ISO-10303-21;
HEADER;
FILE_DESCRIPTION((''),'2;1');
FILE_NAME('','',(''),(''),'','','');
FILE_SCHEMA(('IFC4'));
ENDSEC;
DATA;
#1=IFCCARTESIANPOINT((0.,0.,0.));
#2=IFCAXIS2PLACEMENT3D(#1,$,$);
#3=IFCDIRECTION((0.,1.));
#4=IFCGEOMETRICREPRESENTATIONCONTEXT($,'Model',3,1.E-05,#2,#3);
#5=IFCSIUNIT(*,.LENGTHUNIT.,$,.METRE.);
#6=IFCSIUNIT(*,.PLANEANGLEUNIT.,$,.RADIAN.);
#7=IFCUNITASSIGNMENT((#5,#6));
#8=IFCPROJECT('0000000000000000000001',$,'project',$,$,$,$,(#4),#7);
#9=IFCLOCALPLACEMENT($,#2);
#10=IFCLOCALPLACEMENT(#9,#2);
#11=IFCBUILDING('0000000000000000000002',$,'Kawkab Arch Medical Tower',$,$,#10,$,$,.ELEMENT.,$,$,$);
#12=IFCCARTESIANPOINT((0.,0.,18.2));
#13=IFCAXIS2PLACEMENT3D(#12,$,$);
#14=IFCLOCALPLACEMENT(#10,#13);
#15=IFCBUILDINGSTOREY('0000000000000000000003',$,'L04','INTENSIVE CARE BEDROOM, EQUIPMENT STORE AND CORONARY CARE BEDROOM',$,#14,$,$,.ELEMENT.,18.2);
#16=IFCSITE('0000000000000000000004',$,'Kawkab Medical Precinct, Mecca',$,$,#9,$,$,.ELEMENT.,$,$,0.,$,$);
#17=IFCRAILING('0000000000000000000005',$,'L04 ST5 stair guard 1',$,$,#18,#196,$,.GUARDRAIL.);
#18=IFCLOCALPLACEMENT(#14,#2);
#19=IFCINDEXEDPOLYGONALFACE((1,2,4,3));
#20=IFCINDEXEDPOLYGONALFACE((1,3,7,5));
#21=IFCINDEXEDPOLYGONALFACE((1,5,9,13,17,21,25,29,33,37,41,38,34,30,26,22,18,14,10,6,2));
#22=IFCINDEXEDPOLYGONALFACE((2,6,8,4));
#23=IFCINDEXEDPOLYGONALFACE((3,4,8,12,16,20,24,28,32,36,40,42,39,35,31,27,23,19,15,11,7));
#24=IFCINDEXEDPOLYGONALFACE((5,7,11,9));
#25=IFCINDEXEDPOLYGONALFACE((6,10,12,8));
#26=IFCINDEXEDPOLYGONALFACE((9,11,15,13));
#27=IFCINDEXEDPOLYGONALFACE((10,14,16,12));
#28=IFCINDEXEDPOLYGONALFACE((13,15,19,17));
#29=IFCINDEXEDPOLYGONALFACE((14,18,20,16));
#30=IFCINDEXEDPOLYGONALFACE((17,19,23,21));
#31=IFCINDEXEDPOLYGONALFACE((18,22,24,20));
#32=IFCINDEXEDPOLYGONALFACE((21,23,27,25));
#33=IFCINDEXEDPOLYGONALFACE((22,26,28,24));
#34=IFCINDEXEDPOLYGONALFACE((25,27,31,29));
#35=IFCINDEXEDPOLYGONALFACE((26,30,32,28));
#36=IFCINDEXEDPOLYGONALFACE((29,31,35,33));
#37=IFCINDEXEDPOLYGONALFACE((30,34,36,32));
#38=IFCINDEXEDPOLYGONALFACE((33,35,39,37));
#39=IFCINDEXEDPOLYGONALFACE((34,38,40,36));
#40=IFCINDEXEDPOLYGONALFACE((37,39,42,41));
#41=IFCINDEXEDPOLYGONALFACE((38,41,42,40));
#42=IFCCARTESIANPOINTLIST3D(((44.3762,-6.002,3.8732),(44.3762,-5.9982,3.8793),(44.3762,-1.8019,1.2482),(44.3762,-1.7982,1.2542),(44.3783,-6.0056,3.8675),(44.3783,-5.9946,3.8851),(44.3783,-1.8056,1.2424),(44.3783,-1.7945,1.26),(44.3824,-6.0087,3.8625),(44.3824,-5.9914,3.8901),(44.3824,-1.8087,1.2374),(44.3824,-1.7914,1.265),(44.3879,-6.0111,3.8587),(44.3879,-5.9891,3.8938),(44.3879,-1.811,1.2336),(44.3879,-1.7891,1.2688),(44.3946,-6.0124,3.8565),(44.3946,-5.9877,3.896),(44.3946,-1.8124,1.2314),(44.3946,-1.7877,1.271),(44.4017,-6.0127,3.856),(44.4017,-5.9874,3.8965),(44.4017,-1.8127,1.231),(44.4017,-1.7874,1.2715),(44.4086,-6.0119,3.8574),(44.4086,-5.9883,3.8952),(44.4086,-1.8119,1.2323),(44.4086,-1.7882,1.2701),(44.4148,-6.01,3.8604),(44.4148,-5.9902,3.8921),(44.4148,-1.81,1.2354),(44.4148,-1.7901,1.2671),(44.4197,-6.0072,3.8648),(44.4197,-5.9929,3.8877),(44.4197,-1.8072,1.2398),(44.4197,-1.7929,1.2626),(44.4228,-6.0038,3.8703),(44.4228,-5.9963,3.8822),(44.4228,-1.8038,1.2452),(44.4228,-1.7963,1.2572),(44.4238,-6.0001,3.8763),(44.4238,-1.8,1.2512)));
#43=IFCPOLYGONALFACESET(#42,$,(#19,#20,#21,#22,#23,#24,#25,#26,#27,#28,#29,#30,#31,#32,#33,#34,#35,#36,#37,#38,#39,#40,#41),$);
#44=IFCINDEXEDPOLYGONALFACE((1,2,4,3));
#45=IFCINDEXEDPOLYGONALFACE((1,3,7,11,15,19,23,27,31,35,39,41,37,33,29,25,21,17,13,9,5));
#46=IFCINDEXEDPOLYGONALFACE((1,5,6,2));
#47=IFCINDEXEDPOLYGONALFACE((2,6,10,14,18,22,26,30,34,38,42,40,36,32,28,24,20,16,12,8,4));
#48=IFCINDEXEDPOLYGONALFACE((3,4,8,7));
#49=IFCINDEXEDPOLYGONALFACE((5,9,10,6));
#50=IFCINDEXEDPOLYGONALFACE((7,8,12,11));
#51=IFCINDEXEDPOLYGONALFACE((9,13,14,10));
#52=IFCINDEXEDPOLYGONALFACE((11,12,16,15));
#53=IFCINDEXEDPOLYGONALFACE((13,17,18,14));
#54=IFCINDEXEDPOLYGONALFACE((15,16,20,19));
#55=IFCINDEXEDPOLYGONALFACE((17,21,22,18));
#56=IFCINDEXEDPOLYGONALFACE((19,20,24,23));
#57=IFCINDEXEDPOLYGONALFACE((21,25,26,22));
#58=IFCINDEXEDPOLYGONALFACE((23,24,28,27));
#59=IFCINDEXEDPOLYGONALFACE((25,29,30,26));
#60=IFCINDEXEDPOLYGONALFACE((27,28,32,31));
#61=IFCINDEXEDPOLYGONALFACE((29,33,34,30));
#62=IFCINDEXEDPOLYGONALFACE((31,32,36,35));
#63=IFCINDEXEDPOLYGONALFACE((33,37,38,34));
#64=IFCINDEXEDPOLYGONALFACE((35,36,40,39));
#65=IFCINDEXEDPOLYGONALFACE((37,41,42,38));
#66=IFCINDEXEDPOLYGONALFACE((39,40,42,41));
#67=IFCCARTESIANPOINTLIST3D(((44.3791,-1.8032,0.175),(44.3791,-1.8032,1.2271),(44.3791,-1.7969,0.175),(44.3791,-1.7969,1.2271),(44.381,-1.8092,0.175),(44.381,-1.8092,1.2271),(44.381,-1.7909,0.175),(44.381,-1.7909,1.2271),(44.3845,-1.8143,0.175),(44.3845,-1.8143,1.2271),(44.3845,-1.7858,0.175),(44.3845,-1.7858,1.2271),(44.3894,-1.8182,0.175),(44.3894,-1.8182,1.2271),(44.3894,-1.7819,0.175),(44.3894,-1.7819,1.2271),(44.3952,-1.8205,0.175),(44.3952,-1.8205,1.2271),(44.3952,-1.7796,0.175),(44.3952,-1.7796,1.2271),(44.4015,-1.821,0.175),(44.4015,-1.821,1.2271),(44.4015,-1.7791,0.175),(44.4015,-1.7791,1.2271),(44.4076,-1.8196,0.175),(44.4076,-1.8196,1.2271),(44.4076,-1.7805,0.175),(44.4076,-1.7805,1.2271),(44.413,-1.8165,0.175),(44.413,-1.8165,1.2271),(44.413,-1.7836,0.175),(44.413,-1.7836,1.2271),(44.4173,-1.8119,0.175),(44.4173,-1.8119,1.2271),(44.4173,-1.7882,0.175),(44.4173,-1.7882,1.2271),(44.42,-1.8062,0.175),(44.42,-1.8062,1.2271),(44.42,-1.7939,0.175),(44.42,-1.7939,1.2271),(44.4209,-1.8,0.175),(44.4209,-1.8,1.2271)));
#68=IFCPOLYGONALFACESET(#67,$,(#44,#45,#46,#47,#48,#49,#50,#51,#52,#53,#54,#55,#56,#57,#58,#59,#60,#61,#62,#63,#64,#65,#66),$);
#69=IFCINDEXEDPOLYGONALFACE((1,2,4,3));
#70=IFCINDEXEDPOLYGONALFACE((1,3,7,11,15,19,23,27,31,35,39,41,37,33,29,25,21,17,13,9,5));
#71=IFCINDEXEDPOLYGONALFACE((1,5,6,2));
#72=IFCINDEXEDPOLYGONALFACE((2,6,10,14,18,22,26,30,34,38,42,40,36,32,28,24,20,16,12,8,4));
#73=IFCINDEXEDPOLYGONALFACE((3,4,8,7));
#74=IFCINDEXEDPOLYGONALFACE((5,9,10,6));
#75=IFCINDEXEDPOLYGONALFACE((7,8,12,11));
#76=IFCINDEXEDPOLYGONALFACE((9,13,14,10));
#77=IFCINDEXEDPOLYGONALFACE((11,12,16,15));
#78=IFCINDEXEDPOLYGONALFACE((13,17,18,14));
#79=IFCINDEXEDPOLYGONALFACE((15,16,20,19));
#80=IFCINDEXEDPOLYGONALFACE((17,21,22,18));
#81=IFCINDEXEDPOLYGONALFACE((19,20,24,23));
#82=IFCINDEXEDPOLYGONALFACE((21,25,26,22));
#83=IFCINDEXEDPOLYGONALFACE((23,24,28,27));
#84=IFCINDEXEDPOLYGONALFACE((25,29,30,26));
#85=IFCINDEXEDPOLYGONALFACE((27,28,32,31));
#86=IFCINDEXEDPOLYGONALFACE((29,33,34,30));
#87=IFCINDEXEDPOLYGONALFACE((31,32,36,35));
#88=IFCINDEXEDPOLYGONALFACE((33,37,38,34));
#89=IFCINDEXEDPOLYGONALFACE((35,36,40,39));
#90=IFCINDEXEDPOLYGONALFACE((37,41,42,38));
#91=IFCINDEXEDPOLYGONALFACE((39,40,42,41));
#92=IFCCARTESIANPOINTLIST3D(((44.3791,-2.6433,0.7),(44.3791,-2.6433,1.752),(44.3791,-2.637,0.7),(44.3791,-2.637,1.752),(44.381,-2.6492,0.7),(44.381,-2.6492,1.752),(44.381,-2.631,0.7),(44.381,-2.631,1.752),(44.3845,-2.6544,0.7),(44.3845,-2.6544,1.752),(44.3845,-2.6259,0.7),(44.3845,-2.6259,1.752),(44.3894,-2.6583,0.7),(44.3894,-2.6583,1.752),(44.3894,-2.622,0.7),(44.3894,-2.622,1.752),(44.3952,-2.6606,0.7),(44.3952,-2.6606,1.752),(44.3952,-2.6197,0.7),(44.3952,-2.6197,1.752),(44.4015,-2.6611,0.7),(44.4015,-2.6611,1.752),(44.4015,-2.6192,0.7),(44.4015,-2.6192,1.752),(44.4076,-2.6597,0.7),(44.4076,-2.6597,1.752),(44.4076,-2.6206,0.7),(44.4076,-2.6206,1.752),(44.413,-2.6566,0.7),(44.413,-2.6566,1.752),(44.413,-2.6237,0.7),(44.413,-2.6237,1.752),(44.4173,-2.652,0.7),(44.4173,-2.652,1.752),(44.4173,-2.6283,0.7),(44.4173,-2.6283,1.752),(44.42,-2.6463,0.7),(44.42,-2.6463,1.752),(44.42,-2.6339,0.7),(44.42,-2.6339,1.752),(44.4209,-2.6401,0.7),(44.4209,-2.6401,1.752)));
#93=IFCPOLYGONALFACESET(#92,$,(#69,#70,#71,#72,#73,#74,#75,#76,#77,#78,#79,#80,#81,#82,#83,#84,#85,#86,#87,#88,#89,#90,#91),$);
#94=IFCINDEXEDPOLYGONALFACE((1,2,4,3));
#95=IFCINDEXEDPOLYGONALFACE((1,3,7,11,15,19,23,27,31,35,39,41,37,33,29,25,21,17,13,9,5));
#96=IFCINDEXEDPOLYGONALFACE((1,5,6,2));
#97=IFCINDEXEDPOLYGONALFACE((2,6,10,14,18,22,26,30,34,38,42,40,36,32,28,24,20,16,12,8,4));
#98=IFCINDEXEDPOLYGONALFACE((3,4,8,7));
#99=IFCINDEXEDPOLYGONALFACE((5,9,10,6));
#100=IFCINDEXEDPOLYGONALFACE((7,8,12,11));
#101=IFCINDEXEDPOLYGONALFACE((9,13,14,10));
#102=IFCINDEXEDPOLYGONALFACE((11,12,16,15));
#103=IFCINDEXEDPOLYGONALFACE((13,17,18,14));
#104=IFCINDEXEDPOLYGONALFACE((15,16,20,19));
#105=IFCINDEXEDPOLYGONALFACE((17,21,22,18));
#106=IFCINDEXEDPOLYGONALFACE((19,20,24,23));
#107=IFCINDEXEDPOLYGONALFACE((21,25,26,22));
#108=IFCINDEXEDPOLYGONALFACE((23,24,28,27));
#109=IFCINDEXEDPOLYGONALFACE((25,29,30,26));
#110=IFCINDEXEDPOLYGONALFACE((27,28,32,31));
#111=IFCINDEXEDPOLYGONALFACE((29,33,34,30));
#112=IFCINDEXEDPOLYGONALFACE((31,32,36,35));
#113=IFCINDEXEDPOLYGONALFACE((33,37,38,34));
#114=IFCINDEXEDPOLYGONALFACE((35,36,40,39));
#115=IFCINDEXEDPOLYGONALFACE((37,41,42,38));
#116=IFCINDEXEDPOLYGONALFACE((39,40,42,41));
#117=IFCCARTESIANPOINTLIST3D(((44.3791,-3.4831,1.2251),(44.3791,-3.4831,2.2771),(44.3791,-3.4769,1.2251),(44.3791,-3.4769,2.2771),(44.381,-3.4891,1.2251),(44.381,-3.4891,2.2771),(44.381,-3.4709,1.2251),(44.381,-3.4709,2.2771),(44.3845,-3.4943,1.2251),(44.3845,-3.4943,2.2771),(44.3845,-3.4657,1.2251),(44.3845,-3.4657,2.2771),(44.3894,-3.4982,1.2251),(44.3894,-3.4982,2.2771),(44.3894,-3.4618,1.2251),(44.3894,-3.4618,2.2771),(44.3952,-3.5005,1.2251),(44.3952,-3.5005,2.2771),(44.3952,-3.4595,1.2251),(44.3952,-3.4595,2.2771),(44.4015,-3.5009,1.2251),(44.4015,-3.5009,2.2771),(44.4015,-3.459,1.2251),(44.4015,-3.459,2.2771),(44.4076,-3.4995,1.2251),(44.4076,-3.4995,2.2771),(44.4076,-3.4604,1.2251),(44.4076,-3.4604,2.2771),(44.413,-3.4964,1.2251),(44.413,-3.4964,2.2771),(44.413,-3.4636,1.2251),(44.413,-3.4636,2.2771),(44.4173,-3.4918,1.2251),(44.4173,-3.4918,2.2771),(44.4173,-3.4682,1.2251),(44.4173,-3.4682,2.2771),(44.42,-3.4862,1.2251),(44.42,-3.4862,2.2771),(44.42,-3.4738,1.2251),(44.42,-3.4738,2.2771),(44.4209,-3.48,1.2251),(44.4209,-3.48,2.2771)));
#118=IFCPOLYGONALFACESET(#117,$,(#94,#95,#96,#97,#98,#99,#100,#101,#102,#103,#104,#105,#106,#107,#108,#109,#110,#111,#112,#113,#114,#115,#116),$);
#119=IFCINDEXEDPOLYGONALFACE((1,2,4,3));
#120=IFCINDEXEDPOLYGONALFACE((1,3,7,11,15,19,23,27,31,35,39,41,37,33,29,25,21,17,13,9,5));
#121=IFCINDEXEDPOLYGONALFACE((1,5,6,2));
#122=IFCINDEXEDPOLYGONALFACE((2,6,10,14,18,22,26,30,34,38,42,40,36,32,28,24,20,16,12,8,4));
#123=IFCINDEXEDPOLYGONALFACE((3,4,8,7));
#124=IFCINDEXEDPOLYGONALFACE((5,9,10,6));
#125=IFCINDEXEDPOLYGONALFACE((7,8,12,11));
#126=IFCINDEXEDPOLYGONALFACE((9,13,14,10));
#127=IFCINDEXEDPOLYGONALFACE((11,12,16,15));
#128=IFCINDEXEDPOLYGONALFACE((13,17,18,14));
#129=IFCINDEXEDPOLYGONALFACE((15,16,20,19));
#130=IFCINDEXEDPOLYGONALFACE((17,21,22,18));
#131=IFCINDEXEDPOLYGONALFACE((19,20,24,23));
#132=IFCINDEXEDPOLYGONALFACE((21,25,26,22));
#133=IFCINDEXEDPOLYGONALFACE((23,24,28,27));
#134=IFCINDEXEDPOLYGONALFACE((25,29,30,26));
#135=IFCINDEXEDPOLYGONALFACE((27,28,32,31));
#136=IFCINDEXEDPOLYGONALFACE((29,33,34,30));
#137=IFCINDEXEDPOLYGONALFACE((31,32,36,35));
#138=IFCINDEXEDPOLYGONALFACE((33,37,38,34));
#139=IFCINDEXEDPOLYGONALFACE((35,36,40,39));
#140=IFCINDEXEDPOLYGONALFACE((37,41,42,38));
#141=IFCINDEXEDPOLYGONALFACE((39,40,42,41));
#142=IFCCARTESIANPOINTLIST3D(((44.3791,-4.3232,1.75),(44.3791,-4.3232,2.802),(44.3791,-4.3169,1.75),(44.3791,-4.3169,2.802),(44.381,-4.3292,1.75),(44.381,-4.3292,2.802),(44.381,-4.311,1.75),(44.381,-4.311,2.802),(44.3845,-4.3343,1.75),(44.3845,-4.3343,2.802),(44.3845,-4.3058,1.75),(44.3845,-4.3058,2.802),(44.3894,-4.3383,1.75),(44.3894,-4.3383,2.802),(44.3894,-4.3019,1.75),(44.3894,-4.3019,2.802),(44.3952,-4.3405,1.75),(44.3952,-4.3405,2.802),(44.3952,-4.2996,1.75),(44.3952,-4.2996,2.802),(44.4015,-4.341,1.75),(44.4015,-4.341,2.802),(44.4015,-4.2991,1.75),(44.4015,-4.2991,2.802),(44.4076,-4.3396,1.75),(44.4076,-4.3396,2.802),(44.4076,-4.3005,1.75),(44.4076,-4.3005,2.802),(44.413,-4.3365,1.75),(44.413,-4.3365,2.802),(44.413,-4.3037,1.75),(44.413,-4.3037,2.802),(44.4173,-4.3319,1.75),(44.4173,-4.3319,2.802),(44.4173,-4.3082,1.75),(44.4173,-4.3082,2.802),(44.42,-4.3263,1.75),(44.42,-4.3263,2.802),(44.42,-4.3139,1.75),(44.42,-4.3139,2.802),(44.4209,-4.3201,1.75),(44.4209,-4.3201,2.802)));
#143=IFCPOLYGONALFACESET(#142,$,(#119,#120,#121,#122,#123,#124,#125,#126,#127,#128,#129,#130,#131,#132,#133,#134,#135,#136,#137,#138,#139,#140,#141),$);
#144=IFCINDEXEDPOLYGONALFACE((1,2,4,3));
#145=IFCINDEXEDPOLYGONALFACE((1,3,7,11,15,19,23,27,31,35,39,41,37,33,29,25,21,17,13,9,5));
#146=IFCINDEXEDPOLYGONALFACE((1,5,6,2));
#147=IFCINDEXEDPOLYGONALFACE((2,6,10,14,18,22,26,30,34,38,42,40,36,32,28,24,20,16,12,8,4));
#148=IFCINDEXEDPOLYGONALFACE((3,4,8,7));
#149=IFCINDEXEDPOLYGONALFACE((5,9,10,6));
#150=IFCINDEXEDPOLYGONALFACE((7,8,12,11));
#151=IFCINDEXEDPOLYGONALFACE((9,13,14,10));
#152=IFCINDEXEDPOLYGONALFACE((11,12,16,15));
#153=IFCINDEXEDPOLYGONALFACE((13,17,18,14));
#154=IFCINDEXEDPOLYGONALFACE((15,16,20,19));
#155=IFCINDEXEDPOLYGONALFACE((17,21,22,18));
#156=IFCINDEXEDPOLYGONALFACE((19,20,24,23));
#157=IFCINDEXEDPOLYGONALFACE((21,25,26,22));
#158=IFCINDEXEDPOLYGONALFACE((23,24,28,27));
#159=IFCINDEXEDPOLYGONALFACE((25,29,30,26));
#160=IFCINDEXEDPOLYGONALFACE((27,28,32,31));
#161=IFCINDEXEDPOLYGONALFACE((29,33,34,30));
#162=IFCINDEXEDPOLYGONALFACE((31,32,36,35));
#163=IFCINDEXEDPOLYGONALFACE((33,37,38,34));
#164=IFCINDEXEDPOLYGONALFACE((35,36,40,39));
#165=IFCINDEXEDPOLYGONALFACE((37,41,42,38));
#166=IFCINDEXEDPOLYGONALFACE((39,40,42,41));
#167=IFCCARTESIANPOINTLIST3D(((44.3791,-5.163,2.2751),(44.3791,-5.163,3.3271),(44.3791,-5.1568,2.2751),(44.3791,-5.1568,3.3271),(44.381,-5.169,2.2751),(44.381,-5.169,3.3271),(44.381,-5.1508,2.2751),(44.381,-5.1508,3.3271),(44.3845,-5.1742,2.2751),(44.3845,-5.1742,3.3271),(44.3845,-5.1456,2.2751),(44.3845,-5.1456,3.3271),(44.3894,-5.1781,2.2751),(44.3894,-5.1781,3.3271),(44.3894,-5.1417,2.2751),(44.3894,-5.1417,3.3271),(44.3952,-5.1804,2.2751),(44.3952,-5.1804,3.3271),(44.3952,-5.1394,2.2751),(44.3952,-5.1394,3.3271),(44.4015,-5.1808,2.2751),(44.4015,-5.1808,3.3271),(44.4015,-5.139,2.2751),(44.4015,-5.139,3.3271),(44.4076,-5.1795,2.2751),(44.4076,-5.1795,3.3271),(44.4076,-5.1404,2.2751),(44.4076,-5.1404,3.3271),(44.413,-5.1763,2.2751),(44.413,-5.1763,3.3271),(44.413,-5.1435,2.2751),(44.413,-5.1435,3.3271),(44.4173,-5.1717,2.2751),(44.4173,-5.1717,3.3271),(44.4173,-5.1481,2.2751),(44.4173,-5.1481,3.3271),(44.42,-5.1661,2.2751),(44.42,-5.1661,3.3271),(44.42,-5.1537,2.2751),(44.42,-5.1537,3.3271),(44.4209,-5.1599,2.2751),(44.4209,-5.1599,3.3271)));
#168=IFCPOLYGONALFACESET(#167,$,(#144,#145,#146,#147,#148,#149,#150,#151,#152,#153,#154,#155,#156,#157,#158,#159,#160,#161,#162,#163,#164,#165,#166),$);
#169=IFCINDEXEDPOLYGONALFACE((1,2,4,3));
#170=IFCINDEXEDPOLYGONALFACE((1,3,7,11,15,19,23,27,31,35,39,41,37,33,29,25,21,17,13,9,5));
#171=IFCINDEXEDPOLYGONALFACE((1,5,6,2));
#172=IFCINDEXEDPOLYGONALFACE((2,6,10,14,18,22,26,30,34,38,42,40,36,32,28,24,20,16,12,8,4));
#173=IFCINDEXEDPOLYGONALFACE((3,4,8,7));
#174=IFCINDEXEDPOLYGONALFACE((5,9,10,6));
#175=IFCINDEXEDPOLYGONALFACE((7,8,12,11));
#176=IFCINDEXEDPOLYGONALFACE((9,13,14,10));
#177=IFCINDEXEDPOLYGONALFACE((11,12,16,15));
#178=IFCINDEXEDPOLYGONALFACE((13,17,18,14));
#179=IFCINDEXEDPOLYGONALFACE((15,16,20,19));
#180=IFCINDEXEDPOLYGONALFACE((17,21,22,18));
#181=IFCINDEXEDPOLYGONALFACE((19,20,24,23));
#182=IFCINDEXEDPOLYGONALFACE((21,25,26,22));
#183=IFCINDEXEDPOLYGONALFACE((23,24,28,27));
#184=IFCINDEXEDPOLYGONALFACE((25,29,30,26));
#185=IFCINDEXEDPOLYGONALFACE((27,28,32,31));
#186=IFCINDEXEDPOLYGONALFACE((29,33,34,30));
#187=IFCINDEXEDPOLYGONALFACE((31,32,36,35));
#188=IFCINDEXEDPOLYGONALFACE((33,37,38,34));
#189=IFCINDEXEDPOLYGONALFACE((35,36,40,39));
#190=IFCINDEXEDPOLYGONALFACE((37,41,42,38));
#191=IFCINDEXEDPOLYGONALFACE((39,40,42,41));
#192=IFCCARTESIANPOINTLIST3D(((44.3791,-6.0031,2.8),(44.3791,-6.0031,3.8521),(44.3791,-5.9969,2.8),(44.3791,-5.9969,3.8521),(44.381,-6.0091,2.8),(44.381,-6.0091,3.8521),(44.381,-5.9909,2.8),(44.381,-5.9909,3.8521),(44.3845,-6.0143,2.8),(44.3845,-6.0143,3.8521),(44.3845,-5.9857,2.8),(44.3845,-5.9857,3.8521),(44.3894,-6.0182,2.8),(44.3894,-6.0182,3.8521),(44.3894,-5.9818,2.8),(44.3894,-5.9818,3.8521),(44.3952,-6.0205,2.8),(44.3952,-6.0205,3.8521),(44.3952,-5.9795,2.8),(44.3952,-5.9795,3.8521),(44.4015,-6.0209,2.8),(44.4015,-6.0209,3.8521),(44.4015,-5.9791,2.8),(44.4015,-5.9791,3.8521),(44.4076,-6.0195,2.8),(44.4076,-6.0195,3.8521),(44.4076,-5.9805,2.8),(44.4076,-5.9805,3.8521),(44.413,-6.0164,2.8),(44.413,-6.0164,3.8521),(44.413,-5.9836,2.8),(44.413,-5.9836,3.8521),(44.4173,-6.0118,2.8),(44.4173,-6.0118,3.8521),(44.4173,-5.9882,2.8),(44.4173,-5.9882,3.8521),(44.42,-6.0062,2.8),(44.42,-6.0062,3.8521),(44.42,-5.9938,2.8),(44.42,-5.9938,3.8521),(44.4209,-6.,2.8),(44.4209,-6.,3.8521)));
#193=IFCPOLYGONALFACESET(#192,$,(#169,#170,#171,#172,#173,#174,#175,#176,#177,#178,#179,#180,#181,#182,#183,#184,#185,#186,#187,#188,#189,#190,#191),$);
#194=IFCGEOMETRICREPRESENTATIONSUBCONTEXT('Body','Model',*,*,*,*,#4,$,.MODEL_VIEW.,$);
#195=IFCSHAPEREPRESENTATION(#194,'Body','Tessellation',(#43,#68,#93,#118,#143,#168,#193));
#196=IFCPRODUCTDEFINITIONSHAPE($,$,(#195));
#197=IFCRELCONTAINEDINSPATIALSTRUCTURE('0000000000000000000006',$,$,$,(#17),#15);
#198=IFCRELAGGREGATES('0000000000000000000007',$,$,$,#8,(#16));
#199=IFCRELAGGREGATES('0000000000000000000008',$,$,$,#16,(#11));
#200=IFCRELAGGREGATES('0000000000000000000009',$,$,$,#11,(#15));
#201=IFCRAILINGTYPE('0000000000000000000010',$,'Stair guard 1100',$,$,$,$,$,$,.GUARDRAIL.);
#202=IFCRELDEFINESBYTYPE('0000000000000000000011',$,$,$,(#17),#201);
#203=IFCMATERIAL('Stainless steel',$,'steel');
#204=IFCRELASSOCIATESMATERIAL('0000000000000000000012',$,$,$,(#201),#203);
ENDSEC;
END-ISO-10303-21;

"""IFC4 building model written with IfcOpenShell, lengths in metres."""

from ifc_helpers import new_model, si_unit, direction, frame, origin, origin_2d, place, context, subcontext, project, spatial, circle, extrude, material, type_object, element, save


model = new_model("IFC4")

# Units and contexts
model_context = context("Model", 3, precision=1e-05, world=origin(), true_north=direction((0.0, 1.0)))
body_context = subcontext(model_context, "Body", "Model", "MODEL_VIEW")
ifc_project = project(units=[si_unit("LENGTHUNIT", "METRE"), si_unit("PLANEANGLEUNIT", "RADIAN")], contexts=[model_context])

# Site, building, storey
site_placement = place(None, origin())
site = spatial("IfcSite", under=ifc_project, at=site_placement, Name="Kawkab Medical Precinct, Mecca", CompositionType="ELEMENT", RefElevation=0.0)
building_placement = place(site_placement, origin())
building = spatial("IfcBuilding", under=site, at=building_placement, Name="Kawkab Arch Medical Tower", CompositionType="ELEMENT")
storey_placement = place(building_placement, frame((0.0, 0.0, 18.2)))
storey = spatial("IfcBuildingStorey", under=building, at=storey_placement, Name="L04", Description="INTENSIVE CARE BEDROOM, EQUIPMENT STORE AND CORONARY CARE BEDROOM", CompositionType="ELEMENT", Elevation=18.2)

# Railing
ifc_material_1 = material(Name="Stainless steel", Category="steel")
railing_type = type_object("IfcRailingType", Name="Stair guard 1100", PredefinedType="GUARDRAIL", material=ifc_material_1)
railing_1_placement = place(storey_placement, frame((44.3999, -1.8, 0.175)))
element("IfcRailing", 1, at=railing_1_placement, inside=storey, type_object=railing_type, Name="L04 ST5 stair guard 1", PredefinedType="GUARDRAIL", context=body_context, shape_type="SweptSolid", body=[
    extrude(circle(Radius=0.0239, at=origin_2d()), frame((0.0, 0.0, 1.0762), z_axis=(0.0, -0.847996, 0.530003), x_axis=(1.0, 0.0, 0.0)), (0.0, 0.0, 1.0), 4.9529),
    extrude(circle(Radius=0.021, at=origin_2d()), origin(), (0.0, 0.0, 1.0), 1.052),
    extrude(circle(Radius=0.021, at=origin_2d()), frame((0.0, -0.8401, 0.5249)), (0.0, 0.0, 1.0), 1.052),
    extrude(circle(Radius=0.021, at=origin_2d()), frame((0.0, -1.6799, 1.05)), (0.0, 0.0, 1.0), 1.052),
    extrude(circle(Radius=0.021, at=origin_2d()), frame((0.0, -2.52, 1.575)), (0.0, 0.0, 1.0), 1.052),
    extrude(circle(Radius=0.021, at=origin_2d()), frame((0.0, -3.3599, 2.1001)), (0.0, 0.0, 1.0), 1.052),
    extrude(circle(Radius=0.021, at=origin_2d()), frame((0.0, -4.2, 2.625)), (0.0, 0.0, 1.0), 1.052),
])

save(model, "model.ifc")
